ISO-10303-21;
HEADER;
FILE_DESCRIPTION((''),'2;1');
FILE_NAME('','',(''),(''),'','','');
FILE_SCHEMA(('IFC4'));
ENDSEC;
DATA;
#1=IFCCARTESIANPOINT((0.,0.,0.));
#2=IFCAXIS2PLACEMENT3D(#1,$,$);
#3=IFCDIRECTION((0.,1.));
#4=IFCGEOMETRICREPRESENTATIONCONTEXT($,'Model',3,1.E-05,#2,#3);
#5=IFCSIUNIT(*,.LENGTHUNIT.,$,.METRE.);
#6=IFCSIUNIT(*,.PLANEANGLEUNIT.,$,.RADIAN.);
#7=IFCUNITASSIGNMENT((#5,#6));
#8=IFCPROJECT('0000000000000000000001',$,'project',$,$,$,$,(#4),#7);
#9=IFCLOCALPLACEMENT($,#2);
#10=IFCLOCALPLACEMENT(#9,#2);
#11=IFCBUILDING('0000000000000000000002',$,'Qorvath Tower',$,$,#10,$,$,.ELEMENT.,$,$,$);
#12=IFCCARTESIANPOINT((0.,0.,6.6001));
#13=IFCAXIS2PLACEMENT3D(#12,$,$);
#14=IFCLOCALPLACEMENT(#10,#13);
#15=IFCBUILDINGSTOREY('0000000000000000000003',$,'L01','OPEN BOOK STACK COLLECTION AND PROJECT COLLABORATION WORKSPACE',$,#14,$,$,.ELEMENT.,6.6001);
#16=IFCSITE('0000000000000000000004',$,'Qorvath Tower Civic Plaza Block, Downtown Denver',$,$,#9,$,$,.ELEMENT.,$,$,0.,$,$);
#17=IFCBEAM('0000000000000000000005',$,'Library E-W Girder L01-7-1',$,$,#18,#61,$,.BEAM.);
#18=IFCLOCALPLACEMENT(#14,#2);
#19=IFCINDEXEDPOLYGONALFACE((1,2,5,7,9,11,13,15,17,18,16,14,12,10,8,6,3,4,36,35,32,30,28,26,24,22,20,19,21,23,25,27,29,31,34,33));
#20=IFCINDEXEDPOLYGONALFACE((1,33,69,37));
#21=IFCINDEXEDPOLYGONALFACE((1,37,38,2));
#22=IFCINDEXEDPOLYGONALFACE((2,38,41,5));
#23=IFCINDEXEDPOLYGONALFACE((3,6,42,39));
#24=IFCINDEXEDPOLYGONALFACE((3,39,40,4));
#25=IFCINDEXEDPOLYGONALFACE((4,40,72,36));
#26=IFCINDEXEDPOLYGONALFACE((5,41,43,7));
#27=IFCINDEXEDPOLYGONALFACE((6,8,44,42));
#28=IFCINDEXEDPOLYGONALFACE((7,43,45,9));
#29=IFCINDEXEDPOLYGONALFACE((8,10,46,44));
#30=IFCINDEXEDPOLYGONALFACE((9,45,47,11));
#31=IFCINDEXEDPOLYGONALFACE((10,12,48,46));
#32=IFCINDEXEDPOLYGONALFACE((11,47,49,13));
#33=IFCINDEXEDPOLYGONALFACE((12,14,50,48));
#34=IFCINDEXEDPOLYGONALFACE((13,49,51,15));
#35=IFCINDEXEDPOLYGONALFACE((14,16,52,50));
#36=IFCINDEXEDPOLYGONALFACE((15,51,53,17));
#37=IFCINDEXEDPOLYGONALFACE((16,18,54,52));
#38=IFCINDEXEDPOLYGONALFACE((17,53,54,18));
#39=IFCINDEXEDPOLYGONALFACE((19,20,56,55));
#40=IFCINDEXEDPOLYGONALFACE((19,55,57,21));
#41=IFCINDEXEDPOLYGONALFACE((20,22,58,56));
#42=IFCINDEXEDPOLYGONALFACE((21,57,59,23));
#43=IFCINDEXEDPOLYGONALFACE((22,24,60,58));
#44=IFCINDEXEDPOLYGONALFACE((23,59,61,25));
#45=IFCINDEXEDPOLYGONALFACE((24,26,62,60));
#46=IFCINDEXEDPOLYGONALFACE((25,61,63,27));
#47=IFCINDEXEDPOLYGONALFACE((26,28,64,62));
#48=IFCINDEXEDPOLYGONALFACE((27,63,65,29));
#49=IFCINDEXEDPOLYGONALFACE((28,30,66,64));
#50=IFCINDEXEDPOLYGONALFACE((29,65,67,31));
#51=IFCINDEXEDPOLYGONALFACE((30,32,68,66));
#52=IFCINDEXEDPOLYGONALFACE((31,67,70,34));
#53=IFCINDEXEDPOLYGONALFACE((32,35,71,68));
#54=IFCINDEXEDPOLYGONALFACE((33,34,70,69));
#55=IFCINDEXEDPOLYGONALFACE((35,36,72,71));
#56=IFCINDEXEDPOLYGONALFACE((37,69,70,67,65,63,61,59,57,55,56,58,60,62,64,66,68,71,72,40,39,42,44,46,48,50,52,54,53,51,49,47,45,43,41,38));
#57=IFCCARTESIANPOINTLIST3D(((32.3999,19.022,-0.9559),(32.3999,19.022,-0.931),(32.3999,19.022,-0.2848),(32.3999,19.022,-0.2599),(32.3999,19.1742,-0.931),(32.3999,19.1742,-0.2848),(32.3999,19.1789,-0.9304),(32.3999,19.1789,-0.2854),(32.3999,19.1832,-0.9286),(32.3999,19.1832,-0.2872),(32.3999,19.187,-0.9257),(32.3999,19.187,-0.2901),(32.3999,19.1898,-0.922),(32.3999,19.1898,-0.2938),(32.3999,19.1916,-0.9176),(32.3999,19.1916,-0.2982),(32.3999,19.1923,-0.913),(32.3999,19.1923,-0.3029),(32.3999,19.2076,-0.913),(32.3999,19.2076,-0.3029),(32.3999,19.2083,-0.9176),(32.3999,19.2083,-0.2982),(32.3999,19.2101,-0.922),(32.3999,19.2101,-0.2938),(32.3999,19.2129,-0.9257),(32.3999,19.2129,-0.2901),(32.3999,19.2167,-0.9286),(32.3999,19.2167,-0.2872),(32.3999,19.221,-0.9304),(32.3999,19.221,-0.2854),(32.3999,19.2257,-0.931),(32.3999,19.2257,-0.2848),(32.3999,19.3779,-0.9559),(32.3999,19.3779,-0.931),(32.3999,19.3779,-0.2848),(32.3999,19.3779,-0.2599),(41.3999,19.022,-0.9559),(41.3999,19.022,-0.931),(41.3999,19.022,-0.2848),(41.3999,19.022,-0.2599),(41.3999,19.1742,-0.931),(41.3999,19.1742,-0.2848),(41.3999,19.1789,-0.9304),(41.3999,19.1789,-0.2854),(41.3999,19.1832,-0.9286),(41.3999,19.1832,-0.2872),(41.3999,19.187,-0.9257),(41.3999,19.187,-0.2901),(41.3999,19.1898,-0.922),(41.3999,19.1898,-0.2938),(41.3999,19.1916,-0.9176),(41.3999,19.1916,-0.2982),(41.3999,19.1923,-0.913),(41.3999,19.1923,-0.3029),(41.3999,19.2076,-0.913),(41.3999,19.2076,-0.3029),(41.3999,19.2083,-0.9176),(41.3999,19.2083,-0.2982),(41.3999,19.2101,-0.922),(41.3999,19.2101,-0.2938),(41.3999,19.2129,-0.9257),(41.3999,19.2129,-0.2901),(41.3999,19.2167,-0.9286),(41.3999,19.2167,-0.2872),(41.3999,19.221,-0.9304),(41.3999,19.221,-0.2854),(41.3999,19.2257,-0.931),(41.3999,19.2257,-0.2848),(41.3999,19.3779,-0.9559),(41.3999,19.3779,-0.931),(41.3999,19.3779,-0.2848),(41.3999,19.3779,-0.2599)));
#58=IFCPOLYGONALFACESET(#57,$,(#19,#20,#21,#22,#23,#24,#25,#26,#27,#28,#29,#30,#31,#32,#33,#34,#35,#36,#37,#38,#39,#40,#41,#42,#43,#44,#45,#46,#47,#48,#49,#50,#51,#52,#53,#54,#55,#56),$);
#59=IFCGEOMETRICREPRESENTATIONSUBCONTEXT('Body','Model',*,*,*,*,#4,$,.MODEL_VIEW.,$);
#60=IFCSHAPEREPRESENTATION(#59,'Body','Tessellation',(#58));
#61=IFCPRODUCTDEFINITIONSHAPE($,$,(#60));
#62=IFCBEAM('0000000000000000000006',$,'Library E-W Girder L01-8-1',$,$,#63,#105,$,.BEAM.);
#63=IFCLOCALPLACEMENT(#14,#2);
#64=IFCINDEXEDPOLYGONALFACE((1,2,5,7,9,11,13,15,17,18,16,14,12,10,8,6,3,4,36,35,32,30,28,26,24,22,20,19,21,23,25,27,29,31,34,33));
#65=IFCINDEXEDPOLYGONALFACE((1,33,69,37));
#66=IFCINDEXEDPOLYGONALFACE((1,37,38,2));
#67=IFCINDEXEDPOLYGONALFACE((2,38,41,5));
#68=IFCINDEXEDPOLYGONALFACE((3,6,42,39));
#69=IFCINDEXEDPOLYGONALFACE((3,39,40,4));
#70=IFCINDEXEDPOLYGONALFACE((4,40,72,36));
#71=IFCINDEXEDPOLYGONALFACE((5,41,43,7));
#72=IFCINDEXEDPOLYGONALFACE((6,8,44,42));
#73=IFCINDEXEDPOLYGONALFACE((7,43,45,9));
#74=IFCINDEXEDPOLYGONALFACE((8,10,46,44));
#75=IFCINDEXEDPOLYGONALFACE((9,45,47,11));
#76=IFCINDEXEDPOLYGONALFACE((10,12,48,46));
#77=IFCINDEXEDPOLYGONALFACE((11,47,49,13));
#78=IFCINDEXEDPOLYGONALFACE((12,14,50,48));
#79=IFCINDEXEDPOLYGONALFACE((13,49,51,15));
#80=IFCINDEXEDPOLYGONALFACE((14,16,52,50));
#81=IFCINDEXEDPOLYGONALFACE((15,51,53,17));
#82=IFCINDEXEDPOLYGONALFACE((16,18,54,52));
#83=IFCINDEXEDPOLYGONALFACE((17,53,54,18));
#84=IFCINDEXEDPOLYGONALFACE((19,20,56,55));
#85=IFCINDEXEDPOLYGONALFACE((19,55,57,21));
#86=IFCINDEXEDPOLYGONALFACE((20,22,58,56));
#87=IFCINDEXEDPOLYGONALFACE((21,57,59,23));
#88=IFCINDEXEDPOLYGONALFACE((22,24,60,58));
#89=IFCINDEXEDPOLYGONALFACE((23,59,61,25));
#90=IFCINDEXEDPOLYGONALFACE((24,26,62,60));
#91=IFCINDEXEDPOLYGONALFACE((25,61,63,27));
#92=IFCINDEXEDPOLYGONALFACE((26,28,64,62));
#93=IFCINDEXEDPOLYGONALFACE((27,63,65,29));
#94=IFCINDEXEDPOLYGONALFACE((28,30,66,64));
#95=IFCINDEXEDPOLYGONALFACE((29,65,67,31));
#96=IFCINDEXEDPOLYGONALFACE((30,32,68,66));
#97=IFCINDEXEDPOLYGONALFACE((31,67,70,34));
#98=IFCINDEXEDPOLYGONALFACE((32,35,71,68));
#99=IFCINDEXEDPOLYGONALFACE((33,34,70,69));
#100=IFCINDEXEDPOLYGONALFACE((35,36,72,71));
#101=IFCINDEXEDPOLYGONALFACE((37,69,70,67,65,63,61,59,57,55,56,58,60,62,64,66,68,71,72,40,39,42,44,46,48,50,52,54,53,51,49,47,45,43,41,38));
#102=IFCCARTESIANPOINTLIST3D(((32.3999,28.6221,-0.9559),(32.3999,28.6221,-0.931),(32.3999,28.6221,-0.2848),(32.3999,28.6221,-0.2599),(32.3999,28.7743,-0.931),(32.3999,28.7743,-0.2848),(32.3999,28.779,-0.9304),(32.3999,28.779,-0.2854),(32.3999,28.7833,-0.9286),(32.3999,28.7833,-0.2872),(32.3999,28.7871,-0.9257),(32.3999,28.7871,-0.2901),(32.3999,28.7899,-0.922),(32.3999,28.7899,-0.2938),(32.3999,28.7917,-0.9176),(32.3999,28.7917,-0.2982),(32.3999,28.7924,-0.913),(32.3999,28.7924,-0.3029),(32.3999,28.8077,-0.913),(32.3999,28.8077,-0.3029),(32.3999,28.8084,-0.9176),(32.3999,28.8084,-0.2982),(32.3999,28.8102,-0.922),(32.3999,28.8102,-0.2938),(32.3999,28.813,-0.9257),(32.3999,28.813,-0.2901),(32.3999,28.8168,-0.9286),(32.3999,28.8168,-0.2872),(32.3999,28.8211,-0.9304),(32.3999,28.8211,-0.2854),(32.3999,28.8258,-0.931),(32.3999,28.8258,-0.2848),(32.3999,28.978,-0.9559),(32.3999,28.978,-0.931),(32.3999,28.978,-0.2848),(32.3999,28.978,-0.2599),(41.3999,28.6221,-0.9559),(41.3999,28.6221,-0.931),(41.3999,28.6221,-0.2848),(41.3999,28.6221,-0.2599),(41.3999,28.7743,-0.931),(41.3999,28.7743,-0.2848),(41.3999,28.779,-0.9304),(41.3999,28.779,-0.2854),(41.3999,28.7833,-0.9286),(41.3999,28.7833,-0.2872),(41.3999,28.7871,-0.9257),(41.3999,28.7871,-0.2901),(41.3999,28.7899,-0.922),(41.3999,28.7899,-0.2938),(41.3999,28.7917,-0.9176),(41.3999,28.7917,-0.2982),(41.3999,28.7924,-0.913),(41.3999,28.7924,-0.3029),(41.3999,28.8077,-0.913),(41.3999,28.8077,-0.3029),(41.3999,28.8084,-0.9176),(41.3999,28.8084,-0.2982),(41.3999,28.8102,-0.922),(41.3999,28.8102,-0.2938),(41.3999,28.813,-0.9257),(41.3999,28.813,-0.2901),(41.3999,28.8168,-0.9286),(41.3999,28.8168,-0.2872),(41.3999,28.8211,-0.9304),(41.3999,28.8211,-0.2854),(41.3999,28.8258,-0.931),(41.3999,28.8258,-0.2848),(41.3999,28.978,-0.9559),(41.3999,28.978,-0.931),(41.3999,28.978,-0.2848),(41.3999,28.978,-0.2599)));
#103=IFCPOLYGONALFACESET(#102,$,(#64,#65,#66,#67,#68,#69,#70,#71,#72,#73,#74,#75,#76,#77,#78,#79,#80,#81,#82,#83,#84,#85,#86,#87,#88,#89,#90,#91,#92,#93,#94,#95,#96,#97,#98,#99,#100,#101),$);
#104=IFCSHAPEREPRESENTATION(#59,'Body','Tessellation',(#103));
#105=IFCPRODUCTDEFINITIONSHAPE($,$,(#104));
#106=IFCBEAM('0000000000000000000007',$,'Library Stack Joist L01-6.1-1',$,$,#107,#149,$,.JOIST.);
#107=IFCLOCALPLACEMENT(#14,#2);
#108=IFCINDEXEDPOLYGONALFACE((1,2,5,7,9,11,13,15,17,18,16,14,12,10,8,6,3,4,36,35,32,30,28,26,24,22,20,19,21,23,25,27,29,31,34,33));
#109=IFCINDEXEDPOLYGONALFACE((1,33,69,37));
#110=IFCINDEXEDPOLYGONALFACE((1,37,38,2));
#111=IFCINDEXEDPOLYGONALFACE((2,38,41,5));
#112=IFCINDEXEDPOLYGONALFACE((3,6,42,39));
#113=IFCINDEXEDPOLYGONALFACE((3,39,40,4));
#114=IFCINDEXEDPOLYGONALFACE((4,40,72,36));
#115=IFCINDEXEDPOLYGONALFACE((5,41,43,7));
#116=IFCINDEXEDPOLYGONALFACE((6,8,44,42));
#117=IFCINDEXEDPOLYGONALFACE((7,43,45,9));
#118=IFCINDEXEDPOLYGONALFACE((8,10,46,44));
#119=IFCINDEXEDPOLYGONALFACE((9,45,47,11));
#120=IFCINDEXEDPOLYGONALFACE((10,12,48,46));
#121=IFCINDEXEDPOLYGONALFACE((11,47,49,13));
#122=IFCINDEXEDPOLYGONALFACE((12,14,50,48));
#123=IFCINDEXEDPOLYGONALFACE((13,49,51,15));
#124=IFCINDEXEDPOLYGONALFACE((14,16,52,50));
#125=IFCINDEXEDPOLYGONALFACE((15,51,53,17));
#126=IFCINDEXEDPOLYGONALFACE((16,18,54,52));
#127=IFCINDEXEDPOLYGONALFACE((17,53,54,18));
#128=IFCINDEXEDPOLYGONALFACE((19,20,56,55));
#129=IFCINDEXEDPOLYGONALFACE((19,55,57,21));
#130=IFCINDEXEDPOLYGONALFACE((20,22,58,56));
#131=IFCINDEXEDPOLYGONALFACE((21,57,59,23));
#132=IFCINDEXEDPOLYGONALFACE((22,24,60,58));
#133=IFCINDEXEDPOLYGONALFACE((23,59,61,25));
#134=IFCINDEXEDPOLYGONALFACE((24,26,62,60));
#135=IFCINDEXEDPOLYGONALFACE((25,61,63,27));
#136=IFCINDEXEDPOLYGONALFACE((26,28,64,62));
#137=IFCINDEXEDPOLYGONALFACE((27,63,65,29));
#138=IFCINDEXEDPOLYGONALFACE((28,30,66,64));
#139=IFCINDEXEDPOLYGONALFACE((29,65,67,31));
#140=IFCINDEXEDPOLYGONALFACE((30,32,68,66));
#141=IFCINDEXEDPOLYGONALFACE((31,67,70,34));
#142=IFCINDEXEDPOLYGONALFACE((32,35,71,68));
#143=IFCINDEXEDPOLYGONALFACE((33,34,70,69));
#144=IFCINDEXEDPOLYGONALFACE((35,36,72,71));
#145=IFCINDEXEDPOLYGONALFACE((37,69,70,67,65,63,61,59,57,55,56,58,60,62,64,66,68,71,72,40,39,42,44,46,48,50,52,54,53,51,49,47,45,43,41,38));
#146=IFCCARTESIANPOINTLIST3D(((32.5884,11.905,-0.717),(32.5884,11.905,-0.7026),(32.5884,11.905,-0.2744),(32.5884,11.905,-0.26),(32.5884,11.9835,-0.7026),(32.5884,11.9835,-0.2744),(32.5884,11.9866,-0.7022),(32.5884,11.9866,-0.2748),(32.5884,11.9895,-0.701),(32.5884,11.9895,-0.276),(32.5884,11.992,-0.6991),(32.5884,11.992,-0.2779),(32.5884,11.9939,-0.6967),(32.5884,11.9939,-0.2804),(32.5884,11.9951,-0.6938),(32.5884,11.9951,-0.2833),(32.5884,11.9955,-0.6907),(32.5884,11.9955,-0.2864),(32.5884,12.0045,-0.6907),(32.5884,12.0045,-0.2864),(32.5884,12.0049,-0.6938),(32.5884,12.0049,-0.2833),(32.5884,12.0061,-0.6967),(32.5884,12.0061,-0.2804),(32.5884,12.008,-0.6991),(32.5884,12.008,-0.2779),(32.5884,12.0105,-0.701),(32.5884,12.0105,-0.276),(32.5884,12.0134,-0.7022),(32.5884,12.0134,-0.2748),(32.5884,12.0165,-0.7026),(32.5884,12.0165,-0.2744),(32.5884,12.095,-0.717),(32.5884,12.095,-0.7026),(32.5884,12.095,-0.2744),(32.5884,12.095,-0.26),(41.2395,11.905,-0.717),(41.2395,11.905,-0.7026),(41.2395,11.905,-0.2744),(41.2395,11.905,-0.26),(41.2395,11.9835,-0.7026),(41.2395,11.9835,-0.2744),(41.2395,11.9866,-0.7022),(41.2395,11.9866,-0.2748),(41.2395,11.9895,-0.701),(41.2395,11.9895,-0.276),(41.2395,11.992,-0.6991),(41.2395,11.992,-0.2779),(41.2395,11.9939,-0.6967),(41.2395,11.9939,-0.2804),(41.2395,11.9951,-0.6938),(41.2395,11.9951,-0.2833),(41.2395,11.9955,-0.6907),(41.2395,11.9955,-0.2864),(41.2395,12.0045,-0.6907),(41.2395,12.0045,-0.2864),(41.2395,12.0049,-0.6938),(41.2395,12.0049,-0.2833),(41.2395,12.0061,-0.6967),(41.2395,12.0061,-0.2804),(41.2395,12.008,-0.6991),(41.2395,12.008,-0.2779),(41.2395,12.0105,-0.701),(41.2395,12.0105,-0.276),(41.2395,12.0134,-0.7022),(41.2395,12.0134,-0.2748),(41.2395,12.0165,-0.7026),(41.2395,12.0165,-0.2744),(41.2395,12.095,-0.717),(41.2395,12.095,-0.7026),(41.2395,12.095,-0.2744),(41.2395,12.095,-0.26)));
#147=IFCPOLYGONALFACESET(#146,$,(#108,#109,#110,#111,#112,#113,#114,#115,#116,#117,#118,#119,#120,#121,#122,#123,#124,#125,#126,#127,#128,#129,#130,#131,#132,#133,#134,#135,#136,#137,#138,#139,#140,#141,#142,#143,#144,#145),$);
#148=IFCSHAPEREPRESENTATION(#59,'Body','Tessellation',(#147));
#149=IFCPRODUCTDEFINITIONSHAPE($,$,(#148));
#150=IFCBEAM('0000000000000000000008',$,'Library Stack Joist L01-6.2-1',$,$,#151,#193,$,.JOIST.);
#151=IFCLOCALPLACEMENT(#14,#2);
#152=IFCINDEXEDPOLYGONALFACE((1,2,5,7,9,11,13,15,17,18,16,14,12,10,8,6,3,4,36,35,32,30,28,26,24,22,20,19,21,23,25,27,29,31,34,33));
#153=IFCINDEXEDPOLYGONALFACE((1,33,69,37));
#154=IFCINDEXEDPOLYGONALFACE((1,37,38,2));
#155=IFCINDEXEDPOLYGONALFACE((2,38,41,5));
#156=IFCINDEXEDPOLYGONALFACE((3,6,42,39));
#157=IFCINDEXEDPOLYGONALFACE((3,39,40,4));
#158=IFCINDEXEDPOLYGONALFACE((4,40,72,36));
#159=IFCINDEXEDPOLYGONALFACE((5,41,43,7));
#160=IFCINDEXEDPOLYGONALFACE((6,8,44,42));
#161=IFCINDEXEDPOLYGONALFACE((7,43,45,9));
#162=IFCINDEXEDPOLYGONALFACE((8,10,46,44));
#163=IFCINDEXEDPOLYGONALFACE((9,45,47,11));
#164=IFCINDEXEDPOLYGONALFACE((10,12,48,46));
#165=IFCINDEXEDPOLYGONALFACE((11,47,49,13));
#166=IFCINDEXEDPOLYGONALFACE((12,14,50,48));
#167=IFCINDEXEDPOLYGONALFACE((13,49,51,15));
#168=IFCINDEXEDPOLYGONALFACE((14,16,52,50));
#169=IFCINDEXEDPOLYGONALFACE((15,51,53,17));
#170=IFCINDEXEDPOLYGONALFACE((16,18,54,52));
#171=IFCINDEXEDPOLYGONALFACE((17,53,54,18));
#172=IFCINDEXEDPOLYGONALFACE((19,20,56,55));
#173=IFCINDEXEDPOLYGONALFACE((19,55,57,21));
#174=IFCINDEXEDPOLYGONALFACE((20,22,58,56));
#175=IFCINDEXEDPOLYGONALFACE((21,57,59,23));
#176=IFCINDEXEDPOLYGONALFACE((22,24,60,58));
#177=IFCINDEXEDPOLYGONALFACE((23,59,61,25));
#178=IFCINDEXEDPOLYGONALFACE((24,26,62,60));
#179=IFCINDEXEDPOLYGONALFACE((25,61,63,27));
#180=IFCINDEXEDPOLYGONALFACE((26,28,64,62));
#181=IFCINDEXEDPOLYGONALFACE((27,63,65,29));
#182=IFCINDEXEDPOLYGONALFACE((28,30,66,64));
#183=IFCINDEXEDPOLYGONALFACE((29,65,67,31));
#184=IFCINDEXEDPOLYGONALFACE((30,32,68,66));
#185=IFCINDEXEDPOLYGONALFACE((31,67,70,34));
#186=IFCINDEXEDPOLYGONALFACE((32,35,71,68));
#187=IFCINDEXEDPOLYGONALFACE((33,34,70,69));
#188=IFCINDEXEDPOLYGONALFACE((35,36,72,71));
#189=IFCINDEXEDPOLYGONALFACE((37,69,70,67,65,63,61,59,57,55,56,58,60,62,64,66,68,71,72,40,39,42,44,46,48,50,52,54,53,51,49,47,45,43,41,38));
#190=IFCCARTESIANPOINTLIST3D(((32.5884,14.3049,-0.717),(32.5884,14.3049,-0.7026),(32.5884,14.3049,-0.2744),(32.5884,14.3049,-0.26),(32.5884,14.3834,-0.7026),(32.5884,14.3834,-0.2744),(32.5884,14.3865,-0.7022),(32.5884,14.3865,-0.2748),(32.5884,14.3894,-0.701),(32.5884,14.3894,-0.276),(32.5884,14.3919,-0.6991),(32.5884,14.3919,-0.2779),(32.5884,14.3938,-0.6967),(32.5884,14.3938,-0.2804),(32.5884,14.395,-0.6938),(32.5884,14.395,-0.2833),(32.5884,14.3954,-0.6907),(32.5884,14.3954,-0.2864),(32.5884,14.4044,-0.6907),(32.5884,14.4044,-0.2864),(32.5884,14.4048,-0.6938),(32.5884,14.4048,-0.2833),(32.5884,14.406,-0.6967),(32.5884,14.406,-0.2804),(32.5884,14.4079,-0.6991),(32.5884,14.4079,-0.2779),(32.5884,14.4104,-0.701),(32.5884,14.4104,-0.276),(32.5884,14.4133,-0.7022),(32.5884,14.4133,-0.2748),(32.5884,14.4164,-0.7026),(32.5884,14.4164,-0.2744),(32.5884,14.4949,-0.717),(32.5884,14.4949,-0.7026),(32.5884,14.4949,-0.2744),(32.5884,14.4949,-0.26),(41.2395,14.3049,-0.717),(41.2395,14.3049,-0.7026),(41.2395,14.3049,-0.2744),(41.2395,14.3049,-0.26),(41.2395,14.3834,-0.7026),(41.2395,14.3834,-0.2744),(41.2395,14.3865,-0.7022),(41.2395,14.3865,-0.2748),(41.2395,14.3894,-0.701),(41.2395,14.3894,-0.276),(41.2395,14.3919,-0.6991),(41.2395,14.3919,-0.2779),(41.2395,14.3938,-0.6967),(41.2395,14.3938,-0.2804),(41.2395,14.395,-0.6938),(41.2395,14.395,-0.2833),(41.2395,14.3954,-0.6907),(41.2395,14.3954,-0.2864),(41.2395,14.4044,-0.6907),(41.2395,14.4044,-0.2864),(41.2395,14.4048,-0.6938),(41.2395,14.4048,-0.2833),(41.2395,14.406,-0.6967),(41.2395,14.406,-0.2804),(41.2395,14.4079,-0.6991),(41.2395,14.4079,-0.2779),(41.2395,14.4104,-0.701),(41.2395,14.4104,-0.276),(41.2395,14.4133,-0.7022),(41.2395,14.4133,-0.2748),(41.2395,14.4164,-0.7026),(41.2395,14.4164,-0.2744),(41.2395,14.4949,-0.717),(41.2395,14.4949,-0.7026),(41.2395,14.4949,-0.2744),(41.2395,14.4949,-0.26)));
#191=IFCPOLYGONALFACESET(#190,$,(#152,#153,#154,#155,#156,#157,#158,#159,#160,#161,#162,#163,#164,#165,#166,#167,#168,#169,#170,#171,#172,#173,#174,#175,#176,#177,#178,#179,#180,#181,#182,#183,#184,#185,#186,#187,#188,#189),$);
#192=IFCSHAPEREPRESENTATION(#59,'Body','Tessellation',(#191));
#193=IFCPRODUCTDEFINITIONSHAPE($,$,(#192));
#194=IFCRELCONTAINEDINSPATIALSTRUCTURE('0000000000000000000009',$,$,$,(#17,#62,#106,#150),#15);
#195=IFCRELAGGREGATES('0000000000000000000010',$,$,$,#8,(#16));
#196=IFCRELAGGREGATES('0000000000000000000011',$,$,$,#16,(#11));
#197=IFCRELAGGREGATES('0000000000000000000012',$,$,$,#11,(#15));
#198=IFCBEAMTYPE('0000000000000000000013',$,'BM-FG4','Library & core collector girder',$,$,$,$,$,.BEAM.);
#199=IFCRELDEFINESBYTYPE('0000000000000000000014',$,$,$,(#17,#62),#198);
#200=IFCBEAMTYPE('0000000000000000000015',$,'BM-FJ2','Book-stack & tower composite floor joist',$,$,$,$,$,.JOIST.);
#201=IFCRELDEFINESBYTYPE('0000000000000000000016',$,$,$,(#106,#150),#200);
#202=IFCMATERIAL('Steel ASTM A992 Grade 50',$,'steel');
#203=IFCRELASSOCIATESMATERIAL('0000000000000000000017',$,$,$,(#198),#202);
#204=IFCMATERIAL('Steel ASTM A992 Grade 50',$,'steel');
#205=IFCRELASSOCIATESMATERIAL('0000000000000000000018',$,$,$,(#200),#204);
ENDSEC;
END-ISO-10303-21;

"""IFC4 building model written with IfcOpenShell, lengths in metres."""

from ifc_helpers import new_model, si_unit, direction, frame, origin, origin_2d, place, context, subcontext, project, spatial, i_section, extrude, material, material_profile, profile_set, type_object, element, save


model = new_model("IFC4")

# Units and contexts
model_context = context("Model", 3, precision=1e-05, world=origin(), true_north=direction((0.0, 1.0)))
body_context = subcontext(model_context, "Body", "Model", "MODEL_VIEW")
ifc_project = project(units=[si_unit("LENGTHUNIT", "METRE"), si_unit("PLANEANGLEUNIT", "RADIAN")], contexts=[model_context])

# Site, building, storey
site_placement = place(None, origin())
site = spatial("IfcSite", under=ifc_project, at=site_placement, Name="Qorvath Tower Civic Plaza Block, Downtown Denver", CompositionType="ELEMENT", RefElevation=0.0)
building_placement = place(site_placement, origin())
building = spatial("IfcBuilding", under=site, at=building_placement, Name="Qorvath Tower", CompositionType="ELEMENT")
storey_placement = place(building_placement, frame((0.0, 0.0, 6.6001)))
storey = spatial("IfcBuildingStorey", under=building, at=storey_placement, Name="L01", Description="OPEN BOOK STACK COLLECTION AND PROJECT COLLABORATION WORKSPACE", CompositionType="ELEMENT", Elevation=6.6001)

# Beams
ifc_material_1 = material(Name="Steel ASTM A992 Grade 50", Category="steel")
ifc_material_profile_1 = material_profile(ifc_material_1, i_section(OverallWidth=0.356, OverallDepth=0.696, WebThickness=0.0154, FlangeThickness=0.0249, FilletRadius=0.0181, at=origin_2d()), Name="W27x146")
ifc_profile_set_1 = profile_set([ifc_material_profile_1], Name="Steel ASTM A992 Grade 50")
beam_type_1 = type_object("IfcBeamType", Name="BM-FG4", Description="Library & core collector girder", PredefinedType="BEAM", material=ifc_profile_set_1)
for number, where, z_axis, x_axis, name in (
    (1, (32.3999, 19.2, -0.6079), (1.0, 0.0, 0.0), (0.0, 1.0, 0.0), "Library E-W Girder L01-7-1"),
    (2, (32.3999, 28.8, -0.6079), (1.0, 0.0, 0.0), (0.0, 1.0, 0.0), "Library E-W Girder L01-8-1"),
):
    element("IfcBeam", number, at=place(storey_placement, frame(where, z_axis=z_axis, x_axis=x_axis)), inside=storey, type_object=beam_type_1, Name=name, PredefinedType="BEAM", context=body_context, shape_type="SweptSolid", body=[
        extrude(i_section(OverallWidth=0.356, OverallDepth=0.696, WebThickness=0.0154, FlangeThickness=0.0249, FilletRadius=0.0181, at=origin_2d()), origin(), (0.0, 0.0, 1.0), 9.0),
    ])
ifc_material_2 = material(Name="Steel ASTM A992 Grade 50", Category="steel")
ifc_material_profile_2 = material_profile(ifc_material_2, i_section(OverallWidth=0.1899, OverallDepth=0.457, WebThickness=0.009, FlangeThickness=0.0144, FilletRadius=0.012, at=origin_2d()), Name="W18x50")
ifc_profile_set_2 = profile_set([ifc_material_profile_2], Name="Steel ASTM A992 Grade 50")
beam_type_2 = type_object("IfcBeamType", Name="BM-FJ2", Description="Book-stack & tower composite floor joist", PredefinedType="JOIST", material=ifc_profile_set_2)
for number, where, z_axis, x_axis, name in (
    (3, (32.5884, 12.0, -0.4885), (1.0, 0.0, 0.0), (0.0, 1.0, 0.0), "Library Stack Joist L01-6.1-1"),
    (4, (32.5884, 14.3999, -0.4885), (1.0, 0.0, 0.0), (0.0, 1.0, 0.0), "Library Stack Joist L01-6.2-1"),
):
    element("IfcBeam", number, at=place(storey_placement, frame(where, z_axis=z_axis, x_axis=x_axis)), inside=storey, type_object=beam_type_2, Name=name, PredefinedType="JOIST", context=body_context, shape_type="SweptSolid", body=[
        extrude(i_section(OverallWidth=0.1899, OverallDepth=0.457, WebThickness=0.009, FlangeThickness=0.0144, FilletRadius=0.012, at=origin_2d()), origin(), (0.0, 0.0, 1.0), 8.6511),
    ])

save(model, "model.ifc")
